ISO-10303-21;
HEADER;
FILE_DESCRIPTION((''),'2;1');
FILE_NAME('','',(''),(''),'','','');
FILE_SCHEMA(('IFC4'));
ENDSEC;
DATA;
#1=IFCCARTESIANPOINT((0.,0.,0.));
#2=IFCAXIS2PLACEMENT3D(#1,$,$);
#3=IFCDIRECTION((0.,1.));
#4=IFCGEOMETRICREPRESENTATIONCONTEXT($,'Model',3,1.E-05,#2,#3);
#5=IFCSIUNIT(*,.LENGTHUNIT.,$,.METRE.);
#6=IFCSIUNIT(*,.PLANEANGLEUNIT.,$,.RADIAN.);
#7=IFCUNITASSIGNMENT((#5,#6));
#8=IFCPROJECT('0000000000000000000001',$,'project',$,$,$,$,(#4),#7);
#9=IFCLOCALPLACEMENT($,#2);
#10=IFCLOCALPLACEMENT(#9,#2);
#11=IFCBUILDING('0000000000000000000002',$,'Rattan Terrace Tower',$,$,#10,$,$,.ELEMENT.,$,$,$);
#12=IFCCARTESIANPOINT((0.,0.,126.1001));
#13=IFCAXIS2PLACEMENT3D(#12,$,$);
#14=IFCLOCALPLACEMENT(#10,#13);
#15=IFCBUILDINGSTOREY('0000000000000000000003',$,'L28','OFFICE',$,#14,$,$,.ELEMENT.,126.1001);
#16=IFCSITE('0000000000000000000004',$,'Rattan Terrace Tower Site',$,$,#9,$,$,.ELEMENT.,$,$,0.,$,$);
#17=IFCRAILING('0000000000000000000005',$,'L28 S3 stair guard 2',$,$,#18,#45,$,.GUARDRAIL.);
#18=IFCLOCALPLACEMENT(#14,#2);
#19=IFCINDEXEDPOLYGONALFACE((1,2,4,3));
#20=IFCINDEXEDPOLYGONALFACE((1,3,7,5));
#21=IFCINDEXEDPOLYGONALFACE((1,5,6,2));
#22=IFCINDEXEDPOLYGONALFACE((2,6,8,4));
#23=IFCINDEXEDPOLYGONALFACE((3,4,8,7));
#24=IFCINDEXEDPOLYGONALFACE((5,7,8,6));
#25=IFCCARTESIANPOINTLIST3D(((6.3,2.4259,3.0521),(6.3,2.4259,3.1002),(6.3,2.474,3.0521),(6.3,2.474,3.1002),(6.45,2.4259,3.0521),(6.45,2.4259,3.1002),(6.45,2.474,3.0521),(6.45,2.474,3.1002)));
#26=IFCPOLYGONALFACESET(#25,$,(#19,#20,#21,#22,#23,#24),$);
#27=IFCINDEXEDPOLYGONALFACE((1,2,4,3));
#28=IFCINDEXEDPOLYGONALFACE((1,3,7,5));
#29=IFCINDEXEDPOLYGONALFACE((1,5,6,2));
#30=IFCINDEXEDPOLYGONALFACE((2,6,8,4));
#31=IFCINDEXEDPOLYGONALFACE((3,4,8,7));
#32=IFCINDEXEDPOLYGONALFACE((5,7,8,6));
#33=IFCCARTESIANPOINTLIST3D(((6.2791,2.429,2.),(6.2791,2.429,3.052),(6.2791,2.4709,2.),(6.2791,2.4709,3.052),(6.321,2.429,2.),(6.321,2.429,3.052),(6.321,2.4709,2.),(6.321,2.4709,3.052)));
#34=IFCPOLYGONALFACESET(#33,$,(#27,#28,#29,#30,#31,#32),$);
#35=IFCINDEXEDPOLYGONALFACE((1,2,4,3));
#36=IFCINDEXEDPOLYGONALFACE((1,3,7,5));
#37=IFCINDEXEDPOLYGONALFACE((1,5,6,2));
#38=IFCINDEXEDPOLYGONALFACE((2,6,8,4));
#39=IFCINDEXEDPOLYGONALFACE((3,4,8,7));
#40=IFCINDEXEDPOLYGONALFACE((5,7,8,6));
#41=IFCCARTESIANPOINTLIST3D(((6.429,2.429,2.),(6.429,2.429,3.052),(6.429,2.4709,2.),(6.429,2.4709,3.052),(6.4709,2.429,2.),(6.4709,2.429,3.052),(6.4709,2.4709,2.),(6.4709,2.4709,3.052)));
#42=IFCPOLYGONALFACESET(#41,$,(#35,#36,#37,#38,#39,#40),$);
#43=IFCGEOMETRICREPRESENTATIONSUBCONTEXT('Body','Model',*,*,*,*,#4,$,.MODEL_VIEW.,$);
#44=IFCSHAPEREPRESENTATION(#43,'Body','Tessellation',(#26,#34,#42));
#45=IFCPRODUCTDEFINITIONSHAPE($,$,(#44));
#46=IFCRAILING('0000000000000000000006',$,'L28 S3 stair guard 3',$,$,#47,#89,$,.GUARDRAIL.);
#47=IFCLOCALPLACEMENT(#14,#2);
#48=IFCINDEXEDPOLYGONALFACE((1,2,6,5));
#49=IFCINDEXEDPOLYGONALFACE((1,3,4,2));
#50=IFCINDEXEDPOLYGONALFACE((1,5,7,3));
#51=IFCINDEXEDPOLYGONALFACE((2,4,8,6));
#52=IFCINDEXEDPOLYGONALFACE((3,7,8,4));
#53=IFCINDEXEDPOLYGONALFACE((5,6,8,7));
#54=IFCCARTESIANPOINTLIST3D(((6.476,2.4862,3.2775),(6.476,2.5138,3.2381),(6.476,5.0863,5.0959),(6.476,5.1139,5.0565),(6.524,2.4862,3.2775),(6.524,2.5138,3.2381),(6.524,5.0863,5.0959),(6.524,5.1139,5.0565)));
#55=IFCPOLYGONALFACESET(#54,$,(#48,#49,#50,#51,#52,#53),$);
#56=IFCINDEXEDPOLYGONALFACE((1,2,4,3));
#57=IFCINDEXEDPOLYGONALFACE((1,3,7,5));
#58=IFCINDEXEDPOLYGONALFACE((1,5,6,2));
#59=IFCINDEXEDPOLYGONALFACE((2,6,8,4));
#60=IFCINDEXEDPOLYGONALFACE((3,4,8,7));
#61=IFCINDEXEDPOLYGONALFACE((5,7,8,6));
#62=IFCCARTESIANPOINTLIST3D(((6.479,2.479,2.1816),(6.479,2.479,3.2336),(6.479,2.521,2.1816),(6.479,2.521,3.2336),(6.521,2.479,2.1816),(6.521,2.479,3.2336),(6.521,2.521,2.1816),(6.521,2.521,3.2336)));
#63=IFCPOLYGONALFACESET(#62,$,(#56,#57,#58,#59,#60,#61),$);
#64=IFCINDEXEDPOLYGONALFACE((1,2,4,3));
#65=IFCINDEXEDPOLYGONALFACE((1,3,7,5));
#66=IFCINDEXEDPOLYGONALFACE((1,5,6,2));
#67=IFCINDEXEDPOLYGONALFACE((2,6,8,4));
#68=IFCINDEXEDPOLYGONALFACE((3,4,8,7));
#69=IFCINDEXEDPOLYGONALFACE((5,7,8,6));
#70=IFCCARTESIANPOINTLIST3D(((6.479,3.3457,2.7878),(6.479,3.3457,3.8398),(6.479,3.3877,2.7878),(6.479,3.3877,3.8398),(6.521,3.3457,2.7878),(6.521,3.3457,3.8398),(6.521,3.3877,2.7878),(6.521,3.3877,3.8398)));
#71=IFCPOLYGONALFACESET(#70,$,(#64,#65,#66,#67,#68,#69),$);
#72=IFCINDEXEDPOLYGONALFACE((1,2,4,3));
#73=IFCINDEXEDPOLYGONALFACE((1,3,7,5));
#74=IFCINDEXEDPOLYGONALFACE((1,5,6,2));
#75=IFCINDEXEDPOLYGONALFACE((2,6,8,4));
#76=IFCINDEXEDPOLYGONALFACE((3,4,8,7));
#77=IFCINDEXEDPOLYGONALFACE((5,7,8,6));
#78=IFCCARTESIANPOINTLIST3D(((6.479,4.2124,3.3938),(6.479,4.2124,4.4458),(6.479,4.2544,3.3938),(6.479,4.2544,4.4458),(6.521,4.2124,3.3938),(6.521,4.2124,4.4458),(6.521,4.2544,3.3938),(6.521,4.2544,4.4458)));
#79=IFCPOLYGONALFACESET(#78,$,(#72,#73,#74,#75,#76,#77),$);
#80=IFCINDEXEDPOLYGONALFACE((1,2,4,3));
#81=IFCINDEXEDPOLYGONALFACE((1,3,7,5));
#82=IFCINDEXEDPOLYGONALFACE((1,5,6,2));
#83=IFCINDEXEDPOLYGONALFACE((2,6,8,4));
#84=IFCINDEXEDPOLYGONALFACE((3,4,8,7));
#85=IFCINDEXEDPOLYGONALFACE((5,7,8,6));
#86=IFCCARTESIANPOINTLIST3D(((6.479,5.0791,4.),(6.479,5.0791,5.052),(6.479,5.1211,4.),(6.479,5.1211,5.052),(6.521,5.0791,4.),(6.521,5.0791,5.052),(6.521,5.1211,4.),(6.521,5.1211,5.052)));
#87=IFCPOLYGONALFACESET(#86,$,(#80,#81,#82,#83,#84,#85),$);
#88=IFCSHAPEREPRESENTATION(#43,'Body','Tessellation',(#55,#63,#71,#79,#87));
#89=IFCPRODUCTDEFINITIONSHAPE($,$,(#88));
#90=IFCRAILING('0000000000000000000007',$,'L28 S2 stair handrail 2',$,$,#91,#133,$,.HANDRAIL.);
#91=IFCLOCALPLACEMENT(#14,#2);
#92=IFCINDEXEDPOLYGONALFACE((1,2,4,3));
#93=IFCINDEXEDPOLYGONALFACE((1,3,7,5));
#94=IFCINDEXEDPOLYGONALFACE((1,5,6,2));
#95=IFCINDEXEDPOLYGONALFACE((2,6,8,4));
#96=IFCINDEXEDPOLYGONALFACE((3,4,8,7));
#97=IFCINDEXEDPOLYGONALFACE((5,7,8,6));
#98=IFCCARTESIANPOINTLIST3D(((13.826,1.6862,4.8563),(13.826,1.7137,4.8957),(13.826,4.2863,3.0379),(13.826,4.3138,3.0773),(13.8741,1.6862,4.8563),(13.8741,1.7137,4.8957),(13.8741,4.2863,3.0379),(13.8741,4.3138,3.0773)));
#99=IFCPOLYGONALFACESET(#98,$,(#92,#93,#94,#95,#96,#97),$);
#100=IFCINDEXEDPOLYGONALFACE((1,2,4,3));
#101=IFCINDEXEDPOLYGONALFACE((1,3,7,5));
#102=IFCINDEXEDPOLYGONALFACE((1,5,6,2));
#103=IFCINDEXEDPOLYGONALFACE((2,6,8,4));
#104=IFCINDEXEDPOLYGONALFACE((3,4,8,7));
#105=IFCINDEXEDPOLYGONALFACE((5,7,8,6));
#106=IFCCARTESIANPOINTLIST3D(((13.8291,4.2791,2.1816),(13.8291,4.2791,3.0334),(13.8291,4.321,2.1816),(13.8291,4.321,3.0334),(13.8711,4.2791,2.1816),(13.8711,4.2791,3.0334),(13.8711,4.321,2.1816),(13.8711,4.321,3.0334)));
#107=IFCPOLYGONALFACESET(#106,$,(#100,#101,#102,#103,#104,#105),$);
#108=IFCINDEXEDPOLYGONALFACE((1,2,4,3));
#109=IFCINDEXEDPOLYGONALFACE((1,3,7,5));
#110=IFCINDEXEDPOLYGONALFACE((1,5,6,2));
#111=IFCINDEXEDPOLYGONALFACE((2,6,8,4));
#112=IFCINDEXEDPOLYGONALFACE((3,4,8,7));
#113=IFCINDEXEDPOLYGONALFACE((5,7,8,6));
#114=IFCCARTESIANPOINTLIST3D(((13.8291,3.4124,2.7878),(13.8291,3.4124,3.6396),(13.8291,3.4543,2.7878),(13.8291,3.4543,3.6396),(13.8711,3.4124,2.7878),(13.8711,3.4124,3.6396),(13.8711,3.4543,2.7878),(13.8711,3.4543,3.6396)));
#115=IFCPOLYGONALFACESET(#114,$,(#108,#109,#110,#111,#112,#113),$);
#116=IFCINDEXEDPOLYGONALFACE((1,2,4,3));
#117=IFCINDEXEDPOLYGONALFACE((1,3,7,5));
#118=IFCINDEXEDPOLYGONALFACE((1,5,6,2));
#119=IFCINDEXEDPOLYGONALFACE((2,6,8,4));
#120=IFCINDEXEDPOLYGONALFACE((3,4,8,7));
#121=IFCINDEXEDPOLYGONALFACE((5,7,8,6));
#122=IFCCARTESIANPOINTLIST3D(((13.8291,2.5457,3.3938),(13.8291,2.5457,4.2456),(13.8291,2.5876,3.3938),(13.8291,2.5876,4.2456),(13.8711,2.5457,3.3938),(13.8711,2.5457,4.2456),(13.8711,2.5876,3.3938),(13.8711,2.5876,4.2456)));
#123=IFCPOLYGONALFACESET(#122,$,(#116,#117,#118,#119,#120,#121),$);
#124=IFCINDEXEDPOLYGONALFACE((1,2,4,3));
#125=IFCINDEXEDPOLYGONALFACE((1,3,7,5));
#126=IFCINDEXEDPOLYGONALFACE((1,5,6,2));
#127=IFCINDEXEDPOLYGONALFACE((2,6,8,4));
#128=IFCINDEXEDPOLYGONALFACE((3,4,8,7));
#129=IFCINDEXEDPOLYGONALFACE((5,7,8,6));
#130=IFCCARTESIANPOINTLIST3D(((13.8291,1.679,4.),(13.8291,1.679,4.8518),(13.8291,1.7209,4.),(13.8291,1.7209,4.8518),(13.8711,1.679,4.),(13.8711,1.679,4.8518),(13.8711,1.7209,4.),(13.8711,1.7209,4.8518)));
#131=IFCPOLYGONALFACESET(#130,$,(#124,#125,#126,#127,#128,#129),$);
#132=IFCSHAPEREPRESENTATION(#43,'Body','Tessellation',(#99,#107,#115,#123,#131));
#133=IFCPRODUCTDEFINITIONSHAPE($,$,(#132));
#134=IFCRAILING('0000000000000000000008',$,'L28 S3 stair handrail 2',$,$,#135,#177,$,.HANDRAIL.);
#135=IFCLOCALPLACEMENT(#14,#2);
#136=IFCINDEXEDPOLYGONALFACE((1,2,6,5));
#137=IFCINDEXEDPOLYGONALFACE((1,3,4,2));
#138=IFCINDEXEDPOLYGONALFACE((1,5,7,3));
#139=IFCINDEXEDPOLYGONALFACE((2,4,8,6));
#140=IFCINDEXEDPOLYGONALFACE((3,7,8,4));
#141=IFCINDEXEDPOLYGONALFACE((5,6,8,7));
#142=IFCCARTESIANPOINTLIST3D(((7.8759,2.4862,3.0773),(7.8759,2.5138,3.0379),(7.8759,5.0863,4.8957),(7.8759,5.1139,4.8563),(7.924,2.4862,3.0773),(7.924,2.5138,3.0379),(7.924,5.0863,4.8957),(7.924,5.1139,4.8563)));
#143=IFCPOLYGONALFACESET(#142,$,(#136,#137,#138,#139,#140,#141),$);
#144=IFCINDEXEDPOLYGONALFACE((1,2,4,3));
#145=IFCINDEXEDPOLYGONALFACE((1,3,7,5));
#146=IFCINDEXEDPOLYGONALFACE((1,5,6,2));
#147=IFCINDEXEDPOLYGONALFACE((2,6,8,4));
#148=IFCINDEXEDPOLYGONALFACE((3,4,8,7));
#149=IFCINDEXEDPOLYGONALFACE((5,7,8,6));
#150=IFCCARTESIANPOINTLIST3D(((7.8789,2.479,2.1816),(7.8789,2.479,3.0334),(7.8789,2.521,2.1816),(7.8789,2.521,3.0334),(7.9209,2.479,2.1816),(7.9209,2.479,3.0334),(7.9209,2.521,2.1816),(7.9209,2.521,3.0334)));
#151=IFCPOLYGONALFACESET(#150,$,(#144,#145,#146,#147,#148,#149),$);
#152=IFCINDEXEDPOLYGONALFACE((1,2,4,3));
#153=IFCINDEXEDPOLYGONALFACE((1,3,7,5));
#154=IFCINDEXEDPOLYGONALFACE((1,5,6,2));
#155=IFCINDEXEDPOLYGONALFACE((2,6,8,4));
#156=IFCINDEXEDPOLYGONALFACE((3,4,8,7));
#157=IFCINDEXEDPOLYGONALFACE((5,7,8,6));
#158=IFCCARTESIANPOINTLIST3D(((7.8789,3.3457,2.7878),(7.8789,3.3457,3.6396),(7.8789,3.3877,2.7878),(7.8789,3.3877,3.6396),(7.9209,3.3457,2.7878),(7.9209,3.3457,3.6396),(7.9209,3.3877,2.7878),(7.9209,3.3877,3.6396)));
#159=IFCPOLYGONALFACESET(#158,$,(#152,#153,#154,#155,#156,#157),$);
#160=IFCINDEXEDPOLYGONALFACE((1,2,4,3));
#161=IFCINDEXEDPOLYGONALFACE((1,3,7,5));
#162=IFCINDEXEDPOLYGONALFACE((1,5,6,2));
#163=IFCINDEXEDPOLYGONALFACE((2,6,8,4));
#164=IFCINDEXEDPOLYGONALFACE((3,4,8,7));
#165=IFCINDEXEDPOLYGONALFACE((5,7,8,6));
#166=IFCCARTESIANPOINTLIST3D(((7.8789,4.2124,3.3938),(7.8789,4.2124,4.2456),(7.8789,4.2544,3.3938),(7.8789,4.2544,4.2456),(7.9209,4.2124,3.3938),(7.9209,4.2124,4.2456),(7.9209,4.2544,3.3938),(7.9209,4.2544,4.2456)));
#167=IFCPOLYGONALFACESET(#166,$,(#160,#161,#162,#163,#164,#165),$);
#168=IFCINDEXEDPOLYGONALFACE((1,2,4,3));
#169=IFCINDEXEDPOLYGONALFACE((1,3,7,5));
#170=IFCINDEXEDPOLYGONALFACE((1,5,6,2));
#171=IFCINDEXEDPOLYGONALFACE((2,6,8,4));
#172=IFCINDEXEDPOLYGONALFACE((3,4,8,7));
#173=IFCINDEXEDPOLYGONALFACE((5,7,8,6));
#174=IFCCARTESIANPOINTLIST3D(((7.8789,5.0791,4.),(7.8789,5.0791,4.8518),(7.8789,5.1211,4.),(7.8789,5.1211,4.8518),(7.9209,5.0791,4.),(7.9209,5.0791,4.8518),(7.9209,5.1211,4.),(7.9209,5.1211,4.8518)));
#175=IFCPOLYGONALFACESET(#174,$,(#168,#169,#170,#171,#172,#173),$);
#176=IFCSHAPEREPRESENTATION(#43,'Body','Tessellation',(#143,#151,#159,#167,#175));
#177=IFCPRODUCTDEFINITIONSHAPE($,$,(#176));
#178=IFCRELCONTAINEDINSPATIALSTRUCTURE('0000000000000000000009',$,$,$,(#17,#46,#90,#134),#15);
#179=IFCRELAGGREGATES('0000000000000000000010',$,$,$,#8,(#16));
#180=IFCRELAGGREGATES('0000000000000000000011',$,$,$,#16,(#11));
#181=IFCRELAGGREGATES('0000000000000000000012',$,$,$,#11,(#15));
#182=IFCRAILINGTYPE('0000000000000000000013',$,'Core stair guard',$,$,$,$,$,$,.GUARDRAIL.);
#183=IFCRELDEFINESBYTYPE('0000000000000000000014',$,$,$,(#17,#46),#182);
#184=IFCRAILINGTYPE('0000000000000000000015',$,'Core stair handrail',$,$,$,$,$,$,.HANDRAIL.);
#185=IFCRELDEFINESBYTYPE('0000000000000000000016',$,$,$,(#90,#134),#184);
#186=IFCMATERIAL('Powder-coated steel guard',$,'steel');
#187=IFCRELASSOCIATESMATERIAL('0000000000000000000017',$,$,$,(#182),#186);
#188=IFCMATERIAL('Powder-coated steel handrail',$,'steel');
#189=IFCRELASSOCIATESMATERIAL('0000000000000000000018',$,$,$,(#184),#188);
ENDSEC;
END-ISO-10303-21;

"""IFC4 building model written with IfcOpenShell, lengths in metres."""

from ifc_helpers import new_model, si_unit, direction, frame, origin, origin_2d, place, context, subcontext, project, spatial, rectangle, extrude, material, type_object, element, save


model = new_model("IFC4")

# Units and contexts
model_context = context("Model", 3, precision=1e-05, world=origin(), true_north=direction((0.0, 1.0)))
body_context = subcontext(model_context, "Body", "Model", "MODEL_VIEW")
ifc_project = project(units=[si_unit("LENGTHUNIT", "METRE"), si_unit("PLANEANGLEUNIT", "RADIAN")], contexts=[model_context])

# Site, building, storey
site_placement = place(None, origin())
site = spatial("IfcSite", under=ifc_project, at=site_placement, Name="Rattan Terrace Tower Site", CompositionType="ELEMENT", RefElevation=0.0)
building_placement = place(site_placement, origin())
building = spatial("IfcBuilding", under=site, at=building_placement, Name="Rattan Terrace Tower", CompositionType="ELEMENT")
storey_placement = place(building_placement, frame((0.0, 0.0, 126.1001)))
storey = spatial("IfcBuildingStorey", under=building, at=storey_placement, Name="L28", Description="OFFICE", CompositionType="ELEMENT", Elevation=126.1001)

# Railings
ifc_material_1 = material(Name="Powder-coated steel guard", Category="steel")
railing_type_1 = type_object("IfcRailingType", Name="Core stair guard", PredefinedType="GUARDRAIL", material=ifc_material_1)
railing_1_placement = place(storey_placement, frame((6.3, 2.45, 2.0)))
element("IfcRailing", 1, at=railing_1_placement, inside=storey, type_object=railing_type_1, Name="L28 S3 stair guard 2", PredefinedType="GUARDRAIL", context=body_context, shape_type="SweptSolid", body=[
    extrude(rectangle(XDim=0.0481, YDim=0.0481, at=origin_2d()), frame((0.0, 0.0, 1.0762), z_axis=(1.0, 0.0, 0.0), x_axis=(0.0, 1.0, 0.0)), (0.0, 0.0, 1.0), 0.1499),
    extrude(rectangle(XDim=0.042, YDim=0.042, at=origin_2d()), origin(), (0.0, 0.0, 1.0), 1.052),
    extrude(rectangle(XDim=0.042, YDim=0.042, at=origin_2d()), frame((0.1499, 0.0, 0.0)), (0.0, 0.0, 1.0), 1.052),
])
railing_2_placement = place(storey_placement, frame((6.5, 2.5, 2.1816)))
element("IfcRailing", 2, at=railing_2_placement, inside=storey, type_object=railing_type_1, Name="L28 S3 stair guard 3", PredefinedType="GUARDRAIL", context=body_context, shape_type="SweptSolid", body=[
    extrude(rectangle(XDim=0.0481, YDim=0.0481, at=origin_2d()), frame((0.0, 0.0, 1.0762), z_axis=(0.0, 0.819485, 0.573101), x_axis=(-1.0, 0.0, 0.0)), (0.0, 0.0, 1.0), 3.1729),
    extrude(rectangle(XDim=0.042, YDim=0.042, at=origin_2d()), origin(), (0.0, 0.0, 1.0), 1.052),
    extrude(rectangle(XDim=0.042, YDim=0.042, at=origin_2d()), frame((0.0, 0.8667, 0.6062)), (0.0, 0.0, 1.0), 1.052),
    extrude(rectangle(XDim=0.042, YDim=0.042, at=origin_2d()), frame((0.0, 1.7334, 1.2122)), (0.0, 0.0, 1.0), 1.052),
    extrude(rectangle(XDim=0.042, YDim=0.042, at=origin_2d()), frame((0.0, 2.6001, 1.8184)), (0.0, 0.0, 1.0), 1.052),
])
ifc_material_2 = material(Name="Powder-coated steel handrail", Category="steel")
railing_type_2 = type_object("IfcRailingType", Name="Core stair handrail", PredefinedType="HANDRAIL", material=ifc_material_2)
railing_3_placement = place(storey_placement, frame((13.8501, 4.3, 2.1816)))
element("IfcRailing", 3, at=railing_3_placement, inside=storey, type_object=railing_type_2, Name="L28 S2 stair handrail 2", PredefinedType="HANDRAIL", context=body_context, shape_type="SweptSolid", body=[
    extrude(rectangle(XDim=0.0481, YDim=0.0481, at=origin_2d()), frame((0.0, 0.0, 0.876), z_axis=(0.0, -0.819485, 0.573101), x_axis=(1.0, 0.0, 0.0)), (0.0, 0.0, 1.0), 3.1729),
    extrude(rectangle(XDim=0.042, YDim=0.042, at=origin_2d()), origin(), (0.0, 0.0, 1.0), 0.8518),
    extrude(rectangle(XDim=0.042, YDim=0.042, at=origin_2d()), frame((0.0, -0.8667, 0.6062)), (0.0, 0.0, 1.0), 0.8518),
    extrude(rectangle(XDim=0.042, YDim=0.042, at=origin_2d()), frame((0.0, -1.7334, 1.2122)), (0.0, 0.0, 1.0), 0.8518),
    extrude(rectangle(XDim=0.042, YDim=0.042, at=origin_2d()), frame((0.0, -2.6001, 1.8184)), (0.0, 0.0, 1.0), 0.8518),
])
railing_4_placement = place(storey_placement, frame((7.8999, 2.5, 2.1816)))
element("IfcRailing", 4, at=railing_4_placement, inside=storey, type_object=railing_type_2, Name="L28 S3 stair handrail 2", PredefinedType="HANDRAIL", context=body_context, shape_type="SweptSolid", body=[
    extrude(rectangle(XDim=0.0481, YDim=0.0481, at=origin_2d()), frame((0.0, 0.0, 0.876), z_axis=(0.0, 0.819485, 0.573101), x_axis=(-1.0, 0.0, 0.0)), (0.0, 0.0, 1.0), 3.1729),
    extrude(rectangle(XDim=0.042, YDim=0.042, at=origin_2d()), origin(), (0.0, 0.0, 1.0), 0.8518),
    extrude(rectangle(XDim=0.042, YDim=0.042, at=origin_2d()), frame((0.0, 0.8667, 0.6062)), (0.0, 0.0, 1.0), 0.8518),
    extrude(rectangle(XDim=0.042, YDim=0.042, at=origin_2d()), frame((0.0, 1.7334, 1.2122)), (0.0, 0.0, 1.0), 0.8518),
    extrude(rectangle(XDim=0.042, YDim=0.042, at=origin_2d()), frame((0.0, 2.6001, 1.8184)), (0.0, 0.0, 1.0), 0.8518),
])

save(model, "model.ifc")
